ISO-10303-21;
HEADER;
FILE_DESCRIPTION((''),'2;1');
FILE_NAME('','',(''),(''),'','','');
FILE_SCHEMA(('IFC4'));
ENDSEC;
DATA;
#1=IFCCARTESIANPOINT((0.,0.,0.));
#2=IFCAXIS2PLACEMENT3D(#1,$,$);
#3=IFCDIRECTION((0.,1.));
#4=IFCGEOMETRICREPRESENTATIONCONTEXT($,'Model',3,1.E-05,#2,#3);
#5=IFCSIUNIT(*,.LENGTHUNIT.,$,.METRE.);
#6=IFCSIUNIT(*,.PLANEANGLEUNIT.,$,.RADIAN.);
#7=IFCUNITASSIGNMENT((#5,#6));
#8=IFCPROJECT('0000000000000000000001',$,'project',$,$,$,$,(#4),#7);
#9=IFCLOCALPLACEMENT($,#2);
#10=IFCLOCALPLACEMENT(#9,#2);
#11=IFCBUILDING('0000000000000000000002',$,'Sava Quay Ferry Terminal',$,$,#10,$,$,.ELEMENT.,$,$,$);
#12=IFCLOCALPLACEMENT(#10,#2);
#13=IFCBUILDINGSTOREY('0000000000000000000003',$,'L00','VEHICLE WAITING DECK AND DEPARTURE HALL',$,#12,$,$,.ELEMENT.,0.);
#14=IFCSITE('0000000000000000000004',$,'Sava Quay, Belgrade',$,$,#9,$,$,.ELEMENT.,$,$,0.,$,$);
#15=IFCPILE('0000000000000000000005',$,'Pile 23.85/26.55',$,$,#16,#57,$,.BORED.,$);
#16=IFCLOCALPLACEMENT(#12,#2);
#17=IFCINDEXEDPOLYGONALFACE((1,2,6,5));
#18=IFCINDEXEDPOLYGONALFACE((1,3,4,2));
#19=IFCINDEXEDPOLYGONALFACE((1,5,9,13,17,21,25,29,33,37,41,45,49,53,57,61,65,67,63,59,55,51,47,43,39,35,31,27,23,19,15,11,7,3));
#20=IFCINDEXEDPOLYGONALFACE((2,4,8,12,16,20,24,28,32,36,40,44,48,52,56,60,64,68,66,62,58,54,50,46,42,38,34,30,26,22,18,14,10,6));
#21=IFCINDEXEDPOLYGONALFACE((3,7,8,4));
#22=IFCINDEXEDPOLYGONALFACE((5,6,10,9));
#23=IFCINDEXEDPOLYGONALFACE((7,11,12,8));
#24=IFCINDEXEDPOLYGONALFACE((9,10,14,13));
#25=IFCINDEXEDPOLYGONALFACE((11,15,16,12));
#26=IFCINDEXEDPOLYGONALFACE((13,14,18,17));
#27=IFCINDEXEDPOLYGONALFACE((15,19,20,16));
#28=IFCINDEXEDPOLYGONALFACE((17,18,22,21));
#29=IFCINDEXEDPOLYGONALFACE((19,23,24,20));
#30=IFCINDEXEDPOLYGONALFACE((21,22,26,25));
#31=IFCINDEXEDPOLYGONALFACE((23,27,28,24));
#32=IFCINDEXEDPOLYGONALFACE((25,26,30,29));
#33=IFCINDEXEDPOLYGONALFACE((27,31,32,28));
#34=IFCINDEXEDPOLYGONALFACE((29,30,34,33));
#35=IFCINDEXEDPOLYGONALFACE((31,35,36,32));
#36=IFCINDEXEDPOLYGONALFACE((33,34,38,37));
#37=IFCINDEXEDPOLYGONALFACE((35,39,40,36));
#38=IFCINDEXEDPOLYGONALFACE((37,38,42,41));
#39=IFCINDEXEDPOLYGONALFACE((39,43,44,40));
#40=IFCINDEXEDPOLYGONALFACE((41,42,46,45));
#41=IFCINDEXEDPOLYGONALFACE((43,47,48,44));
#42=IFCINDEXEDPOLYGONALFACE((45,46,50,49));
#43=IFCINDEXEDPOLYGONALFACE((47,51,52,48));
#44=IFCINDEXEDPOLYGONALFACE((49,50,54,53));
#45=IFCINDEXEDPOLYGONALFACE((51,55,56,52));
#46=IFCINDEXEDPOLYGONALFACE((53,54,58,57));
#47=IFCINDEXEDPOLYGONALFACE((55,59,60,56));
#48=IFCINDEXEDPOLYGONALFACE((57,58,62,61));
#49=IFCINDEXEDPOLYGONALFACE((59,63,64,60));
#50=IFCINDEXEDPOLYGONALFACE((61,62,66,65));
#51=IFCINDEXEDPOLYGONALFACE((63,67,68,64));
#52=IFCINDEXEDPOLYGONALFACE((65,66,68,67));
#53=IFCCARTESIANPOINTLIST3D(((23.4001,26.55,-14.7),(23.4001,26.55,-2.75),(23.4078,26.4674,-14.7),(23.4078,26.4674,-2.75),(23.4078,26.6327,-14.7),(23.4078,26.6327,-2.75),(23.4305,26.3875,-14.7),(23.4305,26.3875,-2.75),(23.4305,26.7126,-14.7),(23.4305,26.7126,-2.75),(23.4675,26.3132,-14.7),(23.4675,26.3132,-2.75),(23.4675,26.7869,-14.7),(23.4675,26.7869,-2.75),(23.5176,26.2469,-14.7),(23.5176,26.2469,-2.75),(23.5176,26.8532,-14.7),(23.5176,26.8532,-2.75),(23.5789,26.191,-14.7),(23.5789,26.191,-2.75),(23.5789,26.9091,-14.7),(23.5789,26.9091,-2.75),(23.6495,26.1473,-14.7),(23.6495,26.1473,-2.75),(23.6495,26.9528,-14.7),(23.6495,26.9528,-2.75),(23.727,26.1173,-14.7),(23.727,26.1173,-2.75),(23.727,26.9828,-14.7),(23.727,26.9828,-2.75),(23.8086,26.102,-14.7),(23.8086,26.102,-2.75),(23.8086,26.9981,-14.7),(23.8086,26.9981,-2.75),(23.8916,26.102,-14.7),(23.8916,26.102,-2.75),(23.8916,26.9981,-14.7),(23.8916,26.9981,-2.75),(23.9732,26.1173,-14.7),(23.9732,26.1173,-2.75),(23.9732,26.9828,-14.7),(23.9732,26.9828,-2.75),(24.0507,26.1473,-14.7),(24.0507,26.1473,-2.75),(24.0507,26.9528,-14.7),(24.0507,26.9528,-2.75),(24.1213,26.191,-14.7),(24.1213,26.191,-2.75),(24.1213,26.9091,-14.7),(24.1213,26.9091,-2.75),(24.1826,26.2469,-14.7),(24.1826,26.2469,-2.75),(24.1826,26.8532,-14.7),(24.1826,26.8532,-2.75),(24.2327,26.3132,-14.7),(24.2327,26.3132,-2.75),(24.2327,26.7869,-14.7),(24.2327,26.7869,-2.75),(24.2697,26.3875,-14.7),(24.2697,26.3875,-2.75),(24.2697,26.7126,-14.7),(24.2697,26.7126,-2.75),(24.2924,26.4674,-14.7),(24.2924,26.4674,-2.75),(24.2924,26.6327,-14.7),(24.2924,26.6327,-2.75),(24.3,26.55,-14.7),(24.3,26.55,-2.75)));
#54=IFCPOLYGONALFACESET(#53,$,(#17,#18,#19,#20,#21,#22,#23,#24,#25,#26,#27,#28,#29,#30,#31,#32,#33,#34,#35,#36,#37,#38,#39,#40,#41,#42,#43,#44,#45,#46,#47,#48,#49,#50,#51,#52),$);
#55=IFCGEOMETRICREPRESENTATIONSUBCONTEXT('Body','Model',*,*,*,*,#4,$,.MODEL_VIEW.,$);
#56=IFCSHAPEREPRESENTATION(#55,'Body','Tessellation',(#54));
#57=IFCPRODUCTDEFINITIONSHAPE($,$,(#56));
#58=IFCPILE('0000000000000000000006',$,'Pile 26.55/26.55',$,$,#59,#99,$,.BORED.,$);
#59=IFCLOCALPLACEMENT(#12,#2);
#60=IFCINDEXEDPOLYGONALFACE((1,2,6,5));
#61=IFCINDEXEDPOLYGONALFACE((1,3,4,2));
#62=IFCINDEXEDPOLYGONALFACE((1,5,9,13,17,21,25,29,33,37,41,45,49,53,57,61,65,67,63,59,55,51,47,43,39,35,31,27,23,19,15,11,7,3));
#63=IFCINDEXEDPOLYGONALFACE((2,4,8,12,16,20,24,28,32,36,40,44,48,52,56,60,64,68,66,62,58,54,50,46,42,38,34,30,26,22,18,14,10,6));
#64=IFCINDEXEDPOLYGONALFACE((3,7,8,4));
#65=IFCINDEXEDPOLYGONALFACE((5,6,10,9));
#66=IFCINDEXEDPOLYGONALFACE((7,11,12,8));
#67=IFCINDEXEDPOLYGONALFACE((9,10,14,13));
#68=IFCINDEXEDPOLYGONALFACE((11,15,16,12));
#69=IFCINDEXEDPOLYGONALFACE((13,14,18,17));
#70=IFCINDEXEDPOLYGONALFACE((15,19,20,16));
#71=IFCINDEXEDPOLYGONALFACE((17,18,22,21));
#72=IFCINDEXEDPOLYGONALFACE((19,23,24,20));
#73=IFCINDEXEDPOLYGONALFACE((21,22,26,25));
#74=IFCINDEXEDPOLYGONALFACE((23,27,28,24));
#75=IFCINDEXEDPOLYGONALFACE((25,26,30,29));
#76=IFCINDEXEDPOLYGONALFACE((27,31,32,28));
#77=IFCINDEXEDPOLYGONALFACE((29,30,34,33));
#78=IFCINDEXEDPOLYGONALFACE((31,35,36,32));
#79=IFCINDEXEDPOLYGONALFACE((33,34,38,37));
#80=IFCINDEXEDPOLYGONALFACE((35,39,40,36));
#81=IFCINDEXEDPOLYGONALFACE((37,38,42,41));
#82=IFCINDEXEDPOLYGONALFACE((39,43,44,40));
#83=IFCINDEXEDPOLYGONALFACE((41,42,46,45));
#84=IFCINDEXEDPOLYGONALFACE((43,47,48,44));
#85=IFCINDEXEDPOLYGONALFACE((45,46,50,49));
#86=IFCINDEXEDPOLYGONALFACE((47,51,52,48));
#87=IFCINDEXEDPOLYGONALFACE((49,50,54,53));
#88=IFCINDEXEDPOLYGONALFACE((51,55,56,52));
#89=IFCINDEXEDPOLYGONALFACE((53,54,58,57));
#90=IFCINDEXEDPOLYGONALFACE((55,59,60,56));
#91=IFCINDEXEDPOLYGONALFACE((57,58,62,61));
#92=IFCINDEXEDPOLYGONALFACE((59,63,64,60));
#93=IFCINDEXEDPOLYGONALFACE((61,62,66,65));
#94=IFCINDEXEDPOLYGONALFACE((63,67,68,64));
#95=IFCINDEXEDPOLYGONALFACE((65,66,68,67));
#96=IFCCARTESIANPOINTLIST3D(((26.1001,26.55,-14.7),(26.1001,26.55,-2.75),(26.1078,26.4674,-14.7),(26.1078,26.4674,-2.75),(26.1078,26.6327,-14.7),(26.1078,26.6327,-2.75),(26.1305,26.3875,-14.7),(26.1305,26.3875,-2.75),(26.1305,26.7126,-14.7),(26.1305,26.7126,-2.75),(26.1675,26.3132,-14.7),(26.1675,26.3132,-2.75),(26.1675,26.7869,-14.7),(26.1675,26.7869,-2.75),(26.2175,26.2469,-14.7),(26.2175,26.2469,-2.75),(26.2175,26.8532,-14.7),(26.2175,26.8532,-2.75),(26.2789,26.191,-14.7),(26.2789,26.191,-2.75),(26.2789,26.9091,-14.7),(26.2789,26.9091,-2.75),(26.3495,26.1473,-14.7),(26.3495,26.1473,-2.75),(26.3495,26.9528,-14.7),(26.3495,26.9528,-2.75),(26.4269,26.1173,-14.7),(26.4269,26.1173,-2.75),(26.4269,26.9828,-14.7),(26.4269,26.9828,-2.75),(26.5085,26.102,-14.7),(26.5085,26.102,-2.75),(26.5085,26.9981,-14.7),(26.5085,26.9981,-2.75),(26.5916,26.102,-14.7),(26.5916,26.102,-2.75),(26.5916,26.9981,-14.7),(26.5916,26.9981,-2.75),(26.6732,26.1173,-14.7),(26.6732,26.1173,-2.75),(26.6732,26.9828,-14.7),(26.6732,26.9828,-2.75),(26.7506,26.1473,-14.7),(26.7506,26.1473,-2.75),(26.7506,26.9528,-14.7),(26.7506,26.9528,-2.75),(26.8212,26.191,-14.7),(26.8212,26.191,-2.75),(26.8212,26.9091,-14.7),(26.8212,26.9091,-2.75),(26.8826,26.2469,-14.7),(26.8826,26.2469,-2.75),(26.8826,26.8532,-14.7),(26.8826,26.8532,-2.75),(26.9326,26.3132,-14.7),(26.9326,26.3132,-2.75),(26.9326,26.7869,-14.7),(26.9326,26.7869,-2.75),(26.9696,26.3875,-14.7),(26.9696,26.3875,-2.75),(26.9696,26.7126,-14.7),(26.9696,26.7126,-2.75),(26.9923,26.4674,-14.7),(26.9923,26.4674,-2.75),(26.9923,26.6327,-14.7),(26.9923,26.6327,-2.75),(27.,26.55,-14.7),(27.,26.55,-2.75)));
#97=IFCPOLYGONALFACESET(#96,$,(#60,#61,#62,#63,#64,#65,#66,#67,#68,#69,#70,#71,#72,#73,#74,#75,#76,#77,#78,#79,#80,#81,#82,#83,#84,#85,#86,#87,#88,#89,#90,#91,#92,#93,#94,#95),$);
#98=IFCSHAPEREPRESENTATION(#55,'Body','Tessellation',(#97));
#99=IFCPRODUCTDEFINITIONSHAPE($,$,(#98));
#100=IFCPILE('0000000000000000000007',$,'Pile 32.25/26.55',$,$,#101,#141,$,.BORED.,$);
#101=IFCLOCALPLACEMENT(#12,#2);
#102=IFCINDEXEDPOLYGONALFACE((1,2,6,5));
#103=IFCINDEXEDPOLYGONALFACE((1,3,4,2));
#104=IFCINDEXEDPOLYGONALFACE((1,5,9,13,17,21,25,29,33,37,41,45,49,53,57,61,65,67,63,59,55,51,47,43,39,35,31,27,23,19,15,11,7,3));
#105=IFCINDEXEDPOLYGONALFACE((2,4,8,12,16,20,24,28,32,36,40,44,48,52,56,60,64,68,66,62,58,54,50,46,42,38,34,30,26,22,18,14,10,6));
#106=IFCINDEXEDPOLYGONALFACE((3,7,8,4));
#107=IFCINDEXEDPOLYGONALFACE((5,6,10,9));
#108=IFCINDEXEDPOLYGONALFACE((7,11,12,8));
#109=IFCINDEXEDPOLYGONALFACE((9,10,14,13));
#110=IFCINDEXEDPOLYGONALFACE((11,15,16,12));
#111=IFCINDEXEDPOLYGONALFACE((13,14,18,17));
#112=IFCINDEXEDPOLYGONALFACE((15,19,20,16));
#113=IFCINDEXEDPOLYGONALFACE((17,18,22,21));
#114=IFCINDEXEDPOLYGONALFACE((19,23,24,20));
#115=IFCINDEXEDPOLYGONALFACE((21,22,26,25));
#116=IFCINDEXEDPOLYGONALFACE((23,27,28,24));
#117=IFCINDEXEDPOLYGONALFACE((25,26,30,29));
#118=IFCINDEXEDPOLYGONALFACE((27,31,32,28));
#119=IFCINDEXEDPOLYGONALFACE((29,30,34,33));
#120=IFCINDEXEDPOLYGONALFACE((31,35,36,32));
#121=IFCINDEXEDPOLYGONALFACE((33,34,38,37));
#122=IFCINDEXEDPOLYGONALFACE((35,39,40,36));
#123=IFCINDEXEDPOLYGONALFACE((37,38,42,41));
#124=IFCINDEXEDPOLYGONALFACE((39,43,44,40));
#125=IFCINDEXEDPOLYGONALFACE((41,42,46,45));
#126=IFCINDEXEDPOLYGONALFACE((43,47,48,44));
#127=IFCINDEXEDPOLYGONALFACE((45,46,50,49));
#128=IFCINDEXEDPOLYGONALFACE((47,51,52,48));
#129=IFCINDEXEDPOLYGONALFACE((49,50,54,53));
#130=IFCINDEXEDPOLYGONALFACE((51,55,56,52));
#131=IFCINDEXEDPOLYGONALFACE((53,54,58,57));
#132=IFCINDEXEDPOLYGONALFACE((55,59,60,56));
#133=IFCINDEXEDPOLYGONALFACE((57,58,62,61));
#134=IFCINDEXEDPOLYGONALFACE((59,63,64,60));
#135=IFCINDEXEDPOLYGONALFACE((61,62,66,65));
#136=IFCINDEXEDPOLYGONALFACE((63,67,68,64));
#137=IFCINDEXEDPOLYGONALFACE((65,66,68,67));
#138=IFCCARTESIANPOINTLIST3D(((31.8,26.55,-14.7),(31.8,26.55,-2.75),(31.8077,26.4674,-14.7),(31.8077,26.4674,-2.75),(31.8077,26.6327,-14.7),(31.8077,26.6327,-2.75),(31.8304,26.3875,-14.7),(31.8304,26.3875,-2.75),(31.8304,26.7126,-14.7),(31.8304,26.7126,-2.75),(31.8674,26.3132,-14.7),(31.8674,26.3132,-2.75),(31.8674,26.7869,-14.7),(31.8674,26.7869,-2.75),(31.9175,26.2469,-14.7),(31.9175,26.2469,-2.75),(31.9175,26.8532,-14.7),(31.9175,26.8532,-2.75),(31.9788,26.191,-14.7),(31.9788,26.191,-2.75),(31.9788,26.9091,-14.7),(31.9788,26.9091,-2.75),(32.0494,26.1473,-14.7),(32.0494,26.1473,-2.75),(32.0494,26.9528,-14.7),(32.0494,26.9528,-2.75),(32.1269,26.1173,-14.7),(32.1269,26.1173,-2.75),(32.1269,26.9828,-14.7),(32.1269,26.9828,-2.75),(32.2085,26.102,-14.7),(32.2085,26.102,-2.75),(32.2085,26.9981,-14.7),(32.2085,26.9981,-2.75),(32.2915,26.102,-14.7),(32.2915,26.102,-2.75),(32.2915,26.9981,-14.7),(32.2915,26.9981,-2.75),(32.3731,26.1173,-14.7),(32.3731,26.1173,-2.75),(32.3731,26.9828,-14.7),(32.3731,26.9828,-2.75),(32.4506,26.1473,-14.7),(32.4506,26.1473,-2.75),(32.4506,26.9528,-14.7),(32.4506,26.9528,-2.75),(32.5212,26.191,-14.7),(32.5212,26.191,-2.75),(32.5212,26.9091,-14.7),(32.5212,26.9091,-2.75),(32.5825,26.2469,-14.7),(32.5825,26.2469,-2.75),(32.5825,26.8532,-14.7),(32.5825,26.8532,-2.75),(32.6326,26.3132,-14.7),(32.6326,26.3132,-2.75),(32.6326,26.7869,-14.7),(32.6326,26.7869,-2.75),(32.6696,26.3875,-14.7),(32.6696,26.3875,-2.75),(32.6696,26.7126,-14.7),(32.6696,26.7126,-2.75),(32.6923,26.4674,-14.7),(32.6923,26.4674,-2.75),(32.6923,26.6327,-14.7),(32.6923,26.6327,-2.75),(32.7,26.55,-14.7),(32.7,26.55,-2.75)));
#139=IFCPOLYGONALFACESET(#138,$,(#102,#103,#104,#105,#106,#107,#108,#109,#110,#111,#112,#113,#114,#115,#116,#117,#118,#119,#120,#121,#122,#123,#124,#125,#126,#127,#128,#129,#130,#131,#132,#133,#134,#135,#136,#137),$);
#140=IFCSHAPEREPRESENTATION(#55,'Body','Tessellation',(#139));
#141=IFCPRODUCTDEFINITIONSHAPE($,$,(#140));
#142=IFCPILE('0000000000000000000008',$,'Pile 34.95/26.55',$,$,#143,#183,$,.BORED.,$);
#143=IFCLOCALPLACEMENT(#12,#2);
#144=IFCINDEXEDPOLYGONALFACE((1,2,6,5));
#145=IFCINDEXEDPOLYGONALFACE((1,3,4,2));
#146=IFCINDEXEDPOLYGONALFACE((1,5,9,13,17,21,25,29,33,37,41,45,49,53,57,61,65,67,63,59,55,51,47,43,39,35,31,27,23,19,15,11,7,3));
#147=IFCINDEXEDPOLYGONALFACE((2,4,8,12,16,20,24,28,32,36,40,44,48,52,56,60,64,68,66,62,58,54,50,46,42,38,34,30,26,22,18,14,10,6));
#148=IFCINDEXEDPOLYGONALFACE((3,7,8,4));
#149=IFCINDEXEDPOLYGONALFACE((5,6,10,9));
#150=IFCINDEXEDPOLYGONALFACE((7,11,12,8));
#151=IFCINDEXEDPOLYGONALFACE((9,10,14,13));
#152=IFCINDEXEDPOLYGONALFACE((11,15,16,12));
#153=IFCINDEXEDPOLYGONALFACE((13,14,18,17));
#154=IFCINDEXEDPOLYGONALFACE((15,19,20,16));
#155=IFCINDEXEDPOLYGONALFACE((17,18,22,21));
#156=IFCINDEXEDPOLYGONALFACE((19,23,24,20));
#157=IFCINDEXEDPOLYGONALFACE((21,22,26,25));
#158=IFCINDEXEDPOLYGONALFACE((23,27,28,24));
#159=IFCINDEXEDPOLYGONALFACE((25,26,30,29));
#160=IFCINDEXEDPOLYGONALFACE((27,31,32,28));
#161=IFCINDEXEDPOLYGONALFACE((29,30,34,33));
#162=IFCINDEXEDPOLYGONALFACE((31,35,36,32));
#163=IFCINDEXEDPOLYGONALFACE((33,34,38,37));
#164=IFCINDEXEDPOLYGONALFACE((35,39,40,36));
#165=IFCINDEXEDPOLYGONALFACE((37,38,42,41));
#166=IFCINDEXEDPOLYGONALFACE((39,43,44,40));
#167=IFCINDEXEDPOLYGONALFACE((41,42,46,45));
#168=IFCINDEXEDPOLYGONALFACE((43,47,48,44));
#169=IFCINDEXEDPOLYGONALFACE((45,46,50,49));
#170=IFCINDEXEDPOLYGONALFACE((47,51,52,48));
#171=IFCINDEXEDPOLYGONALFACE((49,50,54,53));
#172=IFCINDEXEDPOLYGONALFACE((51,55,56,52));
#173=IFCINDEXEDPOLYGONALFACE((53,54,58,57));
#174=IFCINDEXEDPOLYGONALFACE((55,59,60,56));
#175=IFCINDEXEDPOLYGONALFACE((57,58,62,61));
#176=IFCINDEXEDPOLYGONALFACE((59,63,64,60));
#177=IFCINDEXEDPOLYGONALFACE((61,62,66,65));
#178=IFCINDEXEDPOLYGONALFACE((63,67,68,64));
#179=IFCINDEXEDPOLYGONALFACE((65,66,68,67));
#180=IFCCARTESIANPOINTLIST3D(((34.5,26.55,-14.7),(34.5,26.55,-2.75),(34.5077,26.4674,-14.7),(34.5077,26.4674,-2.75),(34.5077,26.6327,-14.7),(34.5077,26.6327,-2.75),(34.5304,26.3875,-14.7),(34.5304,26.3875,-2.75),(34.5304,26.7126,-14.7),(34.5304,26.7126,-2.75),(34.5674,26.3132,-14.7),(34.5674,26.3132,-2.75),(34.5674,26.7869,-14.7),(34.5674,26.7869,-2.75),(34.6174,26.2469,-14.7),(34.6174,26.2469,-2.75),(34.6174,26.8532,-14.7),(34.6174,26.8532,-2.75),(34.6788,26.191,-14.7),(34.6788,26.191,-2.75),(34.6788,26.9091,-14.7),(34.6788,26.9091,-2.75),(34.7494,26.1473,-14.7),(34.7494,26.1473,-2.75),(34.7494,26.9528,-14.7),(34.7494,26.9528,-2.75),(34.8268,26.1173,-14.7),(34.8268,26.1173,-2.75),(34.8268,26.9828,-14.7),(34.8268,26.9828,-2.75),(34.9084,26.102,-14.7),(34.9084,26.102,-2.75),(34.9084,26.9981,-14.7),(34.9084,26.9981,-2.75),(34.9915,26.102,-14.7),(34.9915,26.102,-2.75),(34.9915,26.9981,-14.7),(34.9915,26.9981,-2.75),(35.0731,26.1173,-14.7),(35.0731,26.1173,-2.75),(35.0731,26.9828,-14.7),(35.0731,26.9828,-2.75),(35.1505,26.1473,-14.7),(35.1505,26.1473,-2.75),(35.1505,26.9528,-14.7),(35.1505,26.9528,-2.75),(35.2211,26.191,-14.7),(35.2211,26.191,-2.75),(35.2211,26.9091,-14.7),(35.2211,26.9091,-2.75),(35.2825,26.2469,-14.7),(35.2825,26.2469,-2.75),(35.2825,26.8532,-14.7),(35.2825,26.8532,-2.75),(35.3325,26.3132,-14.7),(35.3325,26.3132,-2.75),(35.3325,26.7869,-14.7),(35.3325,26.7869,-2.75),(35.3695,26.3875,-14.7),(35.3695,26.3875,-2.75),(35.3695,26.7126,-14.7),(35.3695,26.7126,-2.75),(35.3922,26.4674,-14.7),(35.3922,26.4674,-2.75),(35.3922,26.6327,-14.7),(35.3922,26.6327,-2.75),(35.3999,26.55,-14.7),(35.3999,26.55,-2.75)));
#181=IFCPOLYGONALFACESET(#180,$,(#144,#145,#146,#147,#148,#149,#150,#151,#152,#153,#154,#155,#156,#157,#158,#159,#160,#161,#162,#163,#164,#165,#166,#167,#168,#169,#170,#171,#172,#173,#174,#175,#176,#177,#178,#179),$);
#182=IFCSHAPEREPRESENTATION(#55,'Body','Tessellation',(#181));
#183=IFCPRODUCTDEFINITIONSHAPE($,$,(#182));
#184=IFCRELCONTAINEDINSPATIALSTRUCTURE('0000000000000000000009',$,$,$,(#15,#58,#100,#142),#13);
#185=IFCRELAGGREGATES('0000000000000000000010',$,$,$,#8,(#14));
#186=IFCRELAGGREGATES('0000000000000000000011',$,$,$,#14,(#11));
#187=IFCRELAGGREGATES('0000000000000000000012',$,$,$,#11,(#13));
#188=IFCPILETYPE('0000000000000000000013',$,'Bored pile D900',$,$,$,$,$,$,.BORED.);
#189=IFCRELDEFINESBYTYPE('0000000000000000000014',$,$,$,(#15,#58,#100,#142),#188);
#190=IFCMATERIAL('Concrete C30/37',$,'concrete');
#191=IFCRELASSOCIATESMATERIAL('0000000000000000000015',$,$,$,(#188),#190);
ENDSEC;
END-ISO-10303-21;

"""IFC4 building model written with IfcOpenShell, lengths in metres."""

from ifc_helpers import new_model, si_unit, direction, frame, origin, origin_2d, place, context, subcontext, project, spatial, circle, extrude, material, material_profile, profile_set, type_object, element, save


model = new_model("IFC4")

# Units and contexts
model_context = context("Model", 3, precision=1e-05, world=origin(), true_north=direction((0.0, 1.0)))
body_context = subcontext(model_context, "Body", "Model", "MODEL_VIEW")
ifc_project = project(units=[si_unit("LENGTHUNIT", "METRE"), si_unit("PLANEANGLEUNIT", "RADIAN")], contexts=[model_context])

# Site, building, storey
site_placement = place(None, origin())
site = spatial("IfcSite", under=ifc_project, at=site_placement, Name="Sava Quay, Belgrade", CompositionType="ELEMENT", RefElevation=0.0)
building_placement = place(site_placement, origin())
building = spatial("IfcBuilding", under=site, at=building_placement, Name="Sava Quay Ferry Terminal", CompositionType="ELEMENT")
storey_placement = place(building_placement, origin())
storey = spatial("IfcBuildingStorey", under=building, at=storey_placement, Name="L00", Description="VEHICLE WAITING DECK AND DEPARTURE HALL", CompositionType="ELEMENT", Elevation=0.0)

# Piles
ifc_material_1 = material(Name="Concrete C30/37", Category="concrete")
ifc_material_profile_1 = material_profile(ifc_material_1, circle(Radius=0.45, at=origin_2d()), Name="Bored pile D900")
ifc_profile_set_1 = profile_set([ifc_material_profile_1], Name="Concrete C30/37")
pile_type = type_object("IfcPileType", Name="Bored pile D900", PredefinedType="BORED", material=ifc_profile_set_1)
for number, where, z_axis, x_axis, name in (
    (1, (23.8501, 26.55, -2.75), (0.0, 0.0, -1.0), (1.0, 0.0, 0.0), "Pile 23.85/26.55"),
    (2, (26.55, 26.55, -2.75), (0.0, 0.0, -1.0), (1.0, 0.0, 0.0), "Pile 26.55/26.55"),
    (3, (32.25, 26.55, -2.75), (0.0, 0.0, -1.0), (1.0, 0.0, 0.0), "Pile 32.25/26.55"),
    (4, (34.95, 26.55, -2.75), (0.0, 0.0, -1.0), (1.0, 0.0, 0.0), "Pile 34.95/26.55"),
):
    element("IfcPile", number, at=place(storey_placement, frame(where, z_axis=z_axis, x_axis=x_axis)), inside=storey, type_object=pile_type, Name=name, PredefinedType="BORED", context=body_context, shape_type="SweptSolid", body=[
        extrude(circle(Radius=0.45, at=origin_2d()), origin(), (0.0, 0.0, 1.0), 11.95),
    ])

save(model, "model.ifc")
